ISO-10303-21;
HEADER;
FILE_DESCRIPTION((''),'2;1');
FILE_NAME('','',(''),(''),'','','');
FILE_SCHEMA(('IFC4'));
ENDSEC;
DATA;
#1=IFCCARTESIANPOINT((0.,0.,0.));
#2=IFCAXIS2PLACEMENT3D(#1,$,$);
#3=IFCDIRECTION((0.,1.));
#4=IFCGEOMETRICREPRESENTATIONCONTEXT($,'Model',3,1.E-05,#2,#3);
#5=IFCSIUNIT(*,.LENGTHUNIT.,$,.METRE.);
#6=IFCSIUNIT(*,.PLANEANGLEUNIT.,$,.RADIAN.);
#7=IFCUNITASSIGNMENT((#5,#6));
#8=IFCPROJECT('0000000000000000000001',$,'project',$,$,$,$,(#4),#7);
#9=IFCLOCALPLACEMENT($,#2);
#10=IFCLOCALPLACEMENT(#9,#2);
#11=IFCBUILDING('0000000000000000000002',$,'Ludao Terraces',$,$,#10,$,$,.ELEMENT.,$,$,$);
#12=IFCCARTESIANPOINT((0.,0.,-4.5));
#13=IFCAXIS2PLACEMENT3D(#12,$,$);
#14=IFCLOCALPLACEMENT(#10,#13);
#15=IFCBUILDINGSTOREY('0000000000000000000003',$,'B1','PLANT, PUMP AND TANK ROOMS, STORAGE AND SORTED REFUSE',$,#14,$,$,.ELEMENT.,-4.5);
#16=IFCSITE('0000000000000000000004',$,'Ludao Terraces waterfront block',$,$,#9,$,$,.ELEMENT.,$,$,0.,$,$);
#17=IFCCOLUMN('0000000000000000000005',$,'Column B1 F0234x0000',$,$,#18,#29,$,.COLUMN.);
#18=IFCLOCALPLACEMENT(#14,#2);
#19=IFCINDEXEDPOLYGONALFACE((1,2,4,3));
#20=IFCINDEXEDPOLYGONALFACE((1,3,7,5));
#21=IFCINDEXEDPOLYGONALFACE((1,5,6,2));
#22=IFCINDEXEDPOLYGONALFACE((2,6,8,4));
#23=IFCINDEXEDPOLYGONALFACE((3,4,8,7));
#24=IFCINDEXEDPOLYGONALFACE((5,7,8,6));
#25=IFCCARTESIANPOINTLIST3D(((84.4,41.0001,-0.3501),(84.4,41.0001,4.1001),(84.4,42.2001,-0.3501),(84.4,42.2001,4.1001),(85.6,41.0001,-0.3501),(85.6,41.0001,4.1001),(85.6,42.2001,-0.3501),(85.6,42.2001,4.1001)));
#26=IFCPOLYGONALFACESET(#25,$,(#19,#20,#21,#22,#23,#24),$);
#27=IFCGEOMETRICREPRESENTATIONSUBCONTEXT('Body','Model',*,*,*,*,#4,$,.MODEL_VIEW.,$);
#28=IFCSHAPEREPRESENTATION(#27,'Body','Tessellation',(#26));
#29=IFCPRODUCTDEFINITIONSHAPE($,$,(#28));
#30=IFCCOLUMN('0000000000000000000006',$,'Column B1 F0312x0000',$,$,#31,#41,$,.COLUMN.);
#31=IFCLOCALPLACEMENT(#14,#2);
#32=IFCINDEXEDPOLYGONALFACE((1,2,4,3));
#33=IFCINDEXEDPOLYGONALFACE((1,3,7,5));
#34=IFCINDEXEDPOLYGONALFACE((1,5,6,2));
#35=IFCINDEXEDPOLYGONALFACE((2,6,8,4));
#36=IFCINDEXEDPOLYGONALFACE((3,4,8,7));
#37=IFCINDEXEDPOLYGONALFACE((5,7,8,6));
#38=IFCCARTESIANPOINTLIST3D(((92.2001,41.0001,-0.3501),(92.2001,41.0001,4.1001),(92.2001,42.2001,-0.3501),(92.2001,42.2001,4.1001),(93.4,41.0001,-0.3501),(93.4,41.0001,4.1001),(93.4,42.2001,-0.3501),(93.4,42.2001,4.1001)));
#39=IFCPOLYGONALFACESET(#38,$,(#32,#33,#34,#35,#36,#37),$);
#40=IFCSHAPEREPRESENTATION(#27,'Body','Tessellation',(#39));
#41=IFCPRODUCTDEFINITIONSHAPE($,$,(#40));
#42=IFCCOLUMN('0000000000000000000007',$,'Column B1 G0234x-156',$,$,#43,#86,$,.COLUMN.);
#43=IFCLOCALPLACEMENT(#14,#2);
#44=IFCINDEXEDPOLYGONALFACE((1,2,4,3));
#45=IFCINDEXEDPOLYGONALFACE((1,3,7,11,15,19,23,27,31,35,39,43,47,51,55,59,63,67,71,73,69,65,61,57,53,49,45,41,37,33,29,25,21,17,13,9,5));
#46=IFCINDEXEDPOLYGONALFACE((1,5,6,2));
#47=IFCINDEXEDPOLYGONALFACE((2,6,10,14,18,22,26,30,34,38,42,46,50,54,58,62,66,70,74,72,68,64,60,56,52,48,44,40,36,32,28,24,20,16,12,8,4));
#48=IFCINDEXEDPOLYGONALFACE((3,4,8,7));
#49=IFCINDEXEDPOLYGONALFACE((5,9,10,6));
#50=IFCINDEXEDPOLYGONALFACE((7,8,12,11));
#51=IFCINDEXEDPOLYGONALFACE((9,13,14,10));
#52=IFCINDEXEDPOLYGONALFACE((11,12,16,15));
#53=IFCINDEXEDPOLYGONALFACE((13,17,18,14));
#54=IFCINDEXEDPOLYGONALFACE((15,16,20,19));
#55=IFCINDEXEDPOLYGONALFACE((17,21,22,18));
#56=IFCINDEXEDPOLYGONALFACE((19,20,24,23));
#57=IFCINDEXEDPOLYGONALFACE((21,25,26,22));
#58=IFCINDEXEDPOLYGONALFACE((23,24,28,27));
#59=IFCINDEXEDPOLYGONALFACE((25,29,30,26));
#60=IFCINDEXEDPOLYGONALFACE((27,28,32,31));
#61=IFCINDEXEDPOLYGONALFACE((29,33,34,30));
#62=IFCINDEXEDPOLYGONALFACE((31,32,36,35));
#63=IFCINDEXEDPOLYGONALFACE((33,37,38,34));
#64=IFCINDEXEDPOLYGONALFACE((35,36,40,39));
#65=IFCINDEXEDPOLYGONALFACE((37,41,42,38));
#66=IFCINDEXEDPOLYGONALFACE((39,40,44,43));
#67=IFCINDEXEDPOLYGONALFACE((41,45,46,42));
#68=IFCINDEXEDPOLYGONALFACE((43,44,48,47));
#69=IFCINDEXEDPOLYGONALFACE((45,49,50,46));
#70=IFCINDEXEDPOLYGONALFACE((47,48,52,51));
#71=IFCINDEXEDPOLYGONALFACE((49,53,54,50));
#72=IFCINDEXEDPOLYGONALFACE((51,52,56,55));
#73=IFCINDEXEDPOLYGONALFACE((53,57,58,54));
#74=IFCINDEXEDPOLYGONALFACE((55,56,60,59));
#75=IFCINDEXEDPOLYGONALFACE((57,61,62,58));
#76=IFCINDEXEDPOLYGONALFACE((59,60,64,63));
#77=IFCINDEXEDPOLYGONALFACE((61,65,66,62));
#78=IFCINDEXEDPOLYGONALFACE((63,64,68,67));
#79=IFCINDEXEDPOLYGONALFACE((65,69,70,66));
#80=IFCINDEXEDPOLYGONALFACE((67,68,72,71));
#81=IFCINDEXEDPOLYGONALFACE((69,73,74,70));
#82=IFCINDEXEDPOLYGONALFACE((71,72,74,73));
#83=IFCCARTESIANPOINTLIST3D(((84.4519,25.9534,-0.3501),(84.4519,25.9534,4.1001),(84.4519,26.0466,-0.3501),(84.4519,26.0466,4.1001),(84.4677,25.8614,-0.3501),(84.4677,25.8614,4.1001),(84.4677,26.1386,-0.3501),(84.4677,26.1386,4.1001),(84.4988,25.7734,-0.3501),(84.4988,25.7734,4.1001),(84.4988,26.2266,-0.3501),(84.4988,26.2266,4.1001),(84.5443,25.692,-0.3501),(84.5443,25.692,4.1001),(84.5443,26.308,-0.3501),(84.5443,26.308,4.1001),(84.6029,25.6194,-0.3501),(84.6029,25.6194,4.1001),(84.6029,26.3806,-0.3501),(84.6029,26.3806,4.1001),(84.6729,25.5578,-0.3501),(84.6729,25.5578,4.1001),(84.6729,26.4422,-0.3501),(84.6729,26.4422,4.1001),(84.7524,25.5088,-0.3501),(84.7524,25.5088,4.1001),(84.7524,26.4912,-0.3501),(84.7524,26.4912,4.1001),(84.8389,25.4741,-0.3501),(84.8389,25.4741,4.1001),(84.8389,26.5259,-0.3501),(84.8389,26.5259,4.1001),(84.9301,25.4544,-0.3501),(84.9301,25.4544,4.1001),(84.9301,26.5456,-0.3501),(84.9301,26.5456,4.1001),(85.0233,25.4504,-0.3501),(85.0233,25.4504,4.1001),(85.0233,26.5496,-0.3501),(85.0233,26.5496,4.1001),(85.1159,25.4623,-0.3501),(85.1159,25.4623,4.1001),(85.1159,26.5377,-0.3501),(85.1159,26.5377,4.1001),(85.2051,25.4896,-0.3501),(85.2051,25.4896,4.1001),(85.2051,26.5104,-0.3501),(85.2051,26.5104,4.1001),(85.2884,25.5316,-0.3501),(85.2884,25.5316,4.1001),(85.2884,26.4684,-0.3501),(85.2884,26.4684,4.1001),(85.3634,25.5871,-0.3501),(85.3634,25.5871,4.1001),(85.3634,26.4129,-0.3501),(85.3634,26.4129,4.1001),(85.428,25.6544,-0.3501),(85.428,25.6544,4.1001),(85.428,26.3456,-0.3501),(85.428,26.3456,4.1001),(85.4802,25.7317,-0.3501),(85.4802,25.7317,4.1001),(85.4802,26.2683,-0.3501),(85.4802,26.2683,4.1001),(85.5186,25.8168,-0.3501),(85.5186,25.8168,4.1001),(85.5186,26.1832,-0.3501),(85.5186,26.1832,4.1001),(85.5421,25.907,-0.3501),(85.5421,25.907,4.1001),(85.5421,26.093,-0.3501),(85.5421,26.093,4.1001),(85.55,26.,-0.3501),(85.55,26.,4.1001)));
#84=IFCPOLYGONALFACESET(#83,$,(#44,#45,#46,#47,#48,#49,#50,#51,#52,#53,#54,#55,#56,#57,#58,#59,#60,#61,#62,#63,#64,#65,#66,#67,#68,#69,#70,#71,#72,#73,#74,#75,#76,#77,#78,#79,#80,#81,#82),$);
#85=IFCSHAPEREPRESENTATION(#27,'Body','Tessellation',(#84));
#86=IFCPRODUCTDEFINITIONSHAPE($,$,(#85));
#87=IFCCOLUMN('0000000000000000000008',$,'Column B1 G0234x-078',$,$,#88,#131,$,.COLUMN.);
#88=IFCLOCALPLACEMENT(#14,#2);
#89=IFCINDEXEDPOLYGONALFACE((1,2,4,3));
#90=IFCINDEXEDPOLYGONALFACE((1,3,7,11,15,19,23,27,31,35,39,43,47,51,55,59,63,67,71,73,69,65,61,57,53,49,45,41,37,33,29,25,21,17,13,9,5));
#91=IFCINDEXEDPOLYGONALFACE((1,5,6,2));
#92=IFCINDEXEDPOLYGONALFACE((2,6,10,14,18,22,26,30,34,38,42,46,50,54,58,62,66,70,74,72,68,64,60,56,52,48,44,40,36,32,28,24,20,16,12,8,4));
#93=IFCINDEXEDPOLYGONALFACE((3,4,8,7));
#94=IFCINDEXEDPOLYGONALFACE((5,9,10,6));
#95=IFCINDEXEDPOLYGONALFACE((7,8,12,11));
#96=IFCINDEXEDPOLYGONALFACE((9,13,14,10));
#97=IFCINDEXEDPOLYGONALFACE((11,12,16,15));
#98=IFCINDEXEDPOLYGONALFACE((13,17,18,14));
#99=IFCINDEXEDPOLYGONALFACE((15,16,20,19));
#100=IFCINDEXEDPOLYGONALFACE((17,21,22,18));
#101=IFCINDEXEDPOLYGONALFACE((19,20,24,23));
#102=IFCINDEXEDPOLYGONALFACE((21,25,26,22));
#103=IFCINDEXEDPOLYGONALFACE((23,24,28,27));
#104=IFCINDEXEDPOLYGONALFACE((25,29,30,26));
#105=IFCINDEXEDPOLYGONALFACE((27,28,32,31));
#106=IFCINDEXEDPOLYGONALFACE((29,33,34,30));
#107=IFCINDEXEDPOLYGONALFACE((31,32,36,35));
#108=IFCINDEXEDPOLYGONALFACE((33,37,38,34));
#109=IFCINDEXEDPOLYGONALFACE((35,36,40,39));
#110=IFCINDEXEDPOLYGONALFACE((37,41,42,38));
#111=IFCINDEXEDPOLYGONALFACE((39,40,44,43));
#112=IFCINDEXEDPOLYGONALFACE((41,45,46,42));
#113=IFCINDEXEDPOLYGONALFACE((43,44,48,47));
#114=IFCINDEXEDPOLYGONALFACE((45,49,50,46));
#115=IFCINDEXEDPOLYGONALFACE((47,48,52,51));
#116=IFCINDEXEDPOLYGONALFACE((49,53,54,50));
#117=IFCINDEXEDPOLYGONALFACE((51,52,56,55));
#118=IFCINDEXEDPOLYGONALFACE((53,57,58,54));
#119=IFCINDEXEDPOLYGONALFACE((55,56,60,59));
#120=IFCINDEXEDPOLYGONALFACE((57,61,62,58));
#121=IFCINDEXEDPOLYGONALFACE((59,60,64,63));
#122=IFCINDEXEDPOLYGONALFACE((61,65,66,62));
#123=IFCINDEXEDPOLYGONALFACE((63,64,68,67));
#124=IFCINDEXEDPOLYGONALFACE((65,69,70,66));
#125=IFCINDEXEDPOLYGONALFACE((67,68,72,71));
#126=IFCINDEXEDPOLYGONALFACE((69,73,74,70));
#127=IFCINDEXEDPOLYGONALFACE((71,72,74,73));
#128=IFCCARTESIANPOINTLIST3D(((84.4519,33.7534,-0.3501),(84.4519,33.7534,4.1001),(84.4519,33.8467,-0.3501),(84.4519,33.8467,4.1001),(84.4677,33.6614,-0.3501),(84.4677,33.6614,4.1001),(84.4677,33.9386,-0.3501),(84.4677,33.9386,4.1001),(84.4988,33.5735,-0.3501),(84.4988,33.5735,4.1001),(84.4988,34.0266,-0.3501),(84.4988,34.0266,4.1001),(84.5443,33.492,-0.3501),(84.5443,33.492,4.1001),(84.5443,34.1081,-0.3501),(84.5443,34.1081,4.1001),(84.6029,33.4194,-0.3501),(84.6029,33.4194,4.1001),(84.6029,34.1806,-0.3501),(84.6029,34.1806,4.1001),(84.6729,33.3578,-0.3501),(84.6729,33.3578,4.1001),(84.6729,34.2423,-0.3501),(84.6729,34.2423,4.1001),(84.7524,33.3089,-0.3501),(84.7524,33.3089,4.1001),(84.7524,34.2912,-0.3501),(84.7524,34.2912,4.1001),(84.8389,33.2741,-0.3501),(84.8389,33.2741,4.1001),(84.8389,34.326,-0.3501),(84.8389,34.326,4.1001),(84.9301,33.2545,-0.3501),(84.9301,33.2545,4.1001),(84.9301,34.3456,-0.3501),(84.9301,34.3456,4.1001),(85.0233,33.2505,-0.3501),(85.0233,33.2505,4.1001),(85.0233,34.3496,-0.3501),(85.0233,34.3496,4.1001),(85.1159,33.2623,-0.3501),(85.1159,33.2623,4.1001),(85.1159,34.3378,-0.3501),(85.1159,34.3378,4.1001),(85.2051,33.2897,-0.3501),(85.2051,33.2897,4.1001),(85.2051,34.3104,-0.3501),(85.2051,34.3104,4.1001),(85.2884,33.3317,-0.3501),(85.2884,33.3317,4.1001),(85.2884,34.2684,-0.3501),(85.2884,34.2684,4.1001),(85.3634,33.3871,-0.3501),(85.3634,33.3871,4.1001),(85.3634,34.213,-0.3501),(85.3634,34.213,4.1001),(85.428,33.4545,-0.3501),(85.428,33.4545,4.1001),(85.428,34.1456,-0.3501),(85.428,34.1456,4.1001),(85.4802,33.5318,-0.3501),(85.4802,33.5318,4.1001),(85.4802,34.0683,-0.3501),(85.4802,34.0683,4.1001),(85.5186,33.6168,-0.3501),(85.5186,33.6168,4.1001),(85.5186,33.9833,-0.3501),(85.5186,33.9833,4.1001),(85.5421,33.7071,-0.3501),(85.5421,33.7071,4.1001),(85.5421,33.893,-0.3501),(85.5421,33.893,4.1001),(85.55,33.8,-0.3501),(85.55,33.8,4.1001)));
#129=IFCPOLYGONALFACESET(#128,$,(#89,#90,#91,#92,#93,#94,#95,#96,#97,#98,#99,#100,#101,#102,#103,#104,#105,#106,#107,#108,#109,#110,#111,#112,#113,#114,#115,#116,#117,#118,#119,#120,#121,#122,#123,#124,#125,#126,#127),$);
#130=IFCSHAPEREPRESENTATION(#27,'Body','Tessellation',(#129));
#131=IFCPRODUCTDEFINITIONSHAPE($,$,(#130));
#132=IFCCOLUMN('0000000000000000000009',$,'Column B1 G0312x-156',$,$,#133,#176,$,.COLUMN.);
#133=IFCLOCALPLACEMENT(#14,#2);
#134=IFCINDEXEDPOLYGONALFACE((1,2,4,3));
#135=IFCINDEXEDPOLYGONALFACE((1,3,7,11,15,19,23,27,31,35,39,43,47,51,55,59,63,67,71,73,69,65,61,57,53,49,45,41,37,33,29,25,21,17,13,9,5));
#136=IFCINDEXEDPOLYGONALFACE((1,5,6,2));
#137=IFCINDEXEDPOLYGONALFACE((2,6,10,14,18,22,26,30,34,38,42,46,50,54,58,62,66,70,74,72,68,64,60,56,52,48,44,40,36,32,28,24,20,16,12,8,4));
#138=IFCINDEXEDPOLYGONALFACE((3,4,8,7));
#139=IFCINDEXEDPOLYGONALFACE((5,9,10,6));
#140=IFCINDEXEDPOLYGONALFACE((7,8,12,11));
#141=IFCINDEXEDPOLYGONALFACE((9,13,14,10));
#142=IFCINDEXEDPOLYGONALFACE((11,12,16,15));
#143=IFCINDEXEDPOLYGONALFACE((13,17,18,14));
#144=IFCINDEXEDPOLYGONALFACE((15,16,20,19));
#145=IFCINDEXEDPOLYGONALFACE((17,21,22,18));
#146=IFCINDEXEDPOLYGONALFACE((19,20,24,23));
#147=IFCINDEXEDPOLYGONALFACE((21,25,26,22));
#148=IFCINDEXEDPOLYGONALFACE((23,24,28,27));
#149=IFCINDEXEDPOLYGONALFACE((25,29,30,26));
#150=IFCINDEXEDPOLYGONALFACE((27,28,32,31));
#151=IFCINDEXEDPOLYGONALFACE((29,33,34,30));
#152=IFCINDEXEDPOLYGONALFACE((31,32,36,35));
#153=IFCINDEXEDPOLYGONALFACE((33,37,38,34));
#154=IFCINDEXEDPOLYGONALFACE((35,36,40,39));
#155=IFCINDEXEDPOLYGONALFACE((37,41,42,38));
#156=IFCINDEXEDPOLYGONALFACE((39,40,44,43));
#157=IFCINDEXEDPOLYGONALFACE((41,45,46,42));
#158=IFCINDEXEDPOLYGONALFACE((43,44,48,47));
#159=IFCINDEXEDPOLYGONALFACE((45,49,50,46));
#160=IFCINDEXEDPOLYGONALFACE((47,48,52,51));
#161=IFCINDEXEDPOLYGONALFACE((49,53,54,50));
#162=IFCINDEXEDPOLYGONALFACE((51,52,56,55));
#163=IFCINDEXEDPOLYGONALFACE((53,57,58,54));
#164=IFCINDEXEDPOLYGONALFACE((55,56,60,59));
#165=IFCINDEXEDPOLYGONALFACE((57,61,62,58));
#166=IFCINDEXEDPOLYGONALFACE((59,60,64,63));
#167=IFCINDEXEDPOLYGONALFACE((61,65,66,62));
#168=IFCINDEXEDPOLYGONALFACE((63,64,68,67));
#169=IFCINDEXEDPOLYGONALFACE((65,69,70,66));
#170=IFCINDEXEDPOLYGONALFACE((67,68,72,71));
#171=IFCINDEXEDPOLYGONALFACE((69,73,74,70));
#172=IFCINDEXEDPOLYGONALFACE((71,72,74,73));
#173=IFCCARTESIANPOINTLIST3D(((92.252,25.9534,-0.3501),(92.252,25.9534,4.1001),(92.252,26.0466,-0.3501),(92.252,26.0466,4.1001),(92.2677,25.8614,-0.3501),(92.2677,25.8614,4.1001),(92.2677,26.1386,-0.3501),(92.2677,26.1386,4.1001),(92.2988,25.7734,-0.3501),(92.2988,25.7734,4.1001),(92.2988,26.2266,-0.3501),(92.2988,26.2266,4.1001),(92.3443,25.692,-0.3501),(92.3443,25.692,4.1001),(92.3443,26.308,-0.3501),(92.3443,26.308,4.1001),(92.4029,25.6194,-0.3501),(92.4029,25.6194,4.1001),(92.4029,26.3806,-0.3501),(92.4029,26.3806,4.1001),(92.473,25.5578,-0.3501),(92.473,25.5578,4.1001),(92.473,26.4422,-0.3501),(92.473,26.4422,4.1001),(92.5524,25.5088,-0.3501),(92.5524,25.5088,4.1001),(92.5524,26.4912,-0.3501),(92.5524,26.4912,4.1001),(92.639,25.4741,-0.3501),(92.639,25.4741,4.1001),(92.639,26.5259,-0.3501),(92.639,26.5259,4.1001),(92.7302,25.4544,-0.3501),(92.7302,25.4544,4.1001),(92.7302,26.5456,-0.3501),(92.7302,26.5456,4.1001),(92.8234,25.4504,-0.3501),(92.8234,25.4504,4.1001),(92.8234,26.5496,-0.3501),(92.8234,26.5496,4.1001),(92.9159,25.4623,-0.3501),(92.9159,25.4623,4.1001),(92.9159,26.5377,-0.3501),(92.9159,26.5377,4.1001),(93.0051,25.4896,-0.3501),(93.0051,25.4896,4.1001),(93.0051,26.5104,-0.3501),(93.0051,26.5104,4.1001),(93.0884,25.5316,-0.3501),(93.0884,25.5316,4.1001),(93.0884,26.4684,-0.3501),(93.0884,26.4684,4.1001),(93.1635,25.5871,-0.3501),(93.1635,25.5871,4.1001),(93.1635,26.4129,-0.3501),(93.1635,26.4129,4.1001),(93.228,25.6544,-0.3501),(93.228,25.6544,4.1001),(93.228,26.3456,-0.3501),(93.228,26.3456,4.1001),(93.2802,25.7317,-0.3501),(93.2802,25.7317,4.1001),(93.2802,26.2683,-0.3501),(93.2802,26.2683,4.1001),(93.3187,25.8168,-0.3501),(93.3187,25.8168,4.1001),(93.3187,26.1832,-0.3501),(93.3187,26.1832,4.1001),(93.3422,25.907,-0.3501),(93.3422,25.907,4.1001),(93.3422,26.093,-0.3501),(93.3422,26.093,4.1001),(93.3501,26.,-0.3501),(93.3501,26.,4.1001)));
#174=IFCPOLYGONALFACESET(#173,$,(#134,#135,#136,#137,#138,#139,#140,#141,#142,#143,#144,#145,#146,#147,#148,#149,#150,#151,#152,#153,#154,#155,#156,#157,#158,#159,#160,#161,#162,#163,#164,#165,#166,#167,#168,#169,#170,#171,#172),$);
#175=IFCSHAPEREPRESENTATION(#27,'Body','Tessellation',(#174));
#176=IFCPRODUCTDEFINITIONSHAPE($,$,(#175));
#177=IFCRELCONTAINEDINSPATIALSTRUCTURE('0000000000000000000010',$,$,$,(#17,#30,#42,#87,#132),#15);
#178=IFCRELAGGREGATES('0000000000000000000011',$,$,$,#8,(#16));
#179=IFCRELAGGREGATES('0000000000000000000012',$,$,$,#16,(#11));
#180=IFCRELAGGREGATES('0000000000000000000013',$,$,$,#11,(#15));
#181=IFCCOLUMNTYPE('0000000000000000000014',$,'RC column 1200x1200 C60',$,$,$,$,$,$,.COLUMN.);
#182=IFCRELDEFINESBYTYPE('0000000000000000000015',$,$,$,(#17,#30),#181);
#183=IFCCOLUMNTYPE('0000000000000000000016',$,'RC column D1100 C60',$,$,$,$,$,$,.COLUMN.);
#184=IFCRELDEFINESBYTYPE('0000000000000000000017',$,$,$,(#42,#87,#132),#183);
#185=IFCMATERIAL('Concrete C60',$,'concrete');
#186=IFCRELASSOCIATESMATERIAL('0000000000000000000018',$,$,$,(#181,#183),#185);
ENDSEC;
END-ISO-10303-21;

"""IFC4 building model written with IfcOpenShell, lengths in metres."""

from ifc_helpers import new_model, si_unit, direction, frame, origin, origin_2d, place, context, subcontext, project, spatial, rectangle, circle, extrude, material, material_profile, profile_set, type_object, element, save


model = new_model("IFC4")

# Units and contexts
model_context = context("Model", 3, precision=1e-05, world=origin(), true_north=direction((0.0, 1.0)))
body_context = subcontext(model_context, "Body", "Model", "MODEL_VIEW")
ifc_project = project(units=[si_unit("LENGTHUNIT", "METRE"), si_unit("PLANEANGLEUNIT", "RADIAN")], contexts=[model_context])

# Site, building, storey
site_placement = place(None, origin())
site = spatial("IfcSite", under=ifc_project, at=site_placement, Name="Ludao Terraces waterfront block", CompositionType="ELEMENT", RefElevation=0.0)
building_placement = place(site_placement, origin())
building = spatial("IfcBuilding", under=site, at=building_placement, Name="Ludao Terraces", CompositionType="ELEMENT")
storey_placement = place(building_placement, frame((0.0, 0.0, -4.5)))
storey = spatial("IfcBuildingStorey", under=building, at=storey_placement, Name="B1", Description="PLANT, PUMP AND TANK ROOMS, STORAGE AND SORTED REFUSE", CompositionType="ELEMENT", Elevation=-4.5)

# Columns
ifc_material_1 = material(Name="Concrete C60", Category="concrete")
ifc_material_profile_1 = material_profile(ifc_material_1, rectangle(XDim=1.2, YDim=1.2, at=origin_2d()), Name="1200 X 1200")
ifc_profile_set_1 = profile_set([ifc_material_profile_1], Name="Concrete C60")
column_type_1 = type_object("IfcColumnType", Name="RC column 1200x1200 C60", PredefinedType="COLUMN", material=ifc_profile_set_1)
for number, where, z_axis, x_axis, name in (
    (1, (85.0, 41.6001, -0.3501), (0.0, 0.0, 1.0), (1.0, 0.0, 0.0), "Column B1 F0234x0000"),
    (2, (92.8, 41.6001, -0.3501), (0.0, 0.0, 1.0), (1.0, 0.0, 0.0), "Column B1 F0312x0000"),
):
    element("IfcColumn", number, at=place(storey_placement, frame(where, z_axis=z_axis, x_axis=x_axis)), inside=storey, type_object=column_type_1, Name=name, PredefinedType="COLUMN", context=body_context, shape_type="SweptSolid", body=[
        extrude(rectangle(XDim=1.2, YDim=1.2, at=origin_2d()), origin(), (0.0, 0.0, 1.0), 4.4502),
    ])
ifc_material_profile_2 = material_profile(ifc_material_1, circle(Radius=0.55, at=origin_2d()), Name="D1100")
ifc_profile_set_2 = profile_set([ifc_material_profile_2], Name="Concrete C60")
column_type_2 = type_object("IfcColumnType", Name="RC column D1100 C60", PredefinedType="COLUMN", material=ifc_profile_set_2)
for number, where, z_axis, x_axis, name in (
    (3, (85.0, 26.0, -0.3501), (0.0, 0.0, 1.0), (1.0, 0.0, 0.0), "Column B1 G0234x-156"),
    (4, (85.0, 33.8, -0.3501), (0.0, 0.0, 1.0), (1.0, 0.0, 0.0), "Column B1 G0234x-078"),
    (5, (92.8, 26.0, -0.3501), (0.0, 0.0, 1.0), (1.0, 0.0, 0.0), "Column B1 G0312x-156"),
):
    element("IfcColumn", number, at=place(storey_placement, frame(where, z_axis=z_axis, x_axis=x_axis)), inside=storey, type_object=column_type_2, Name=name, PredefinedType="COLUMN", context=body_context, shape_type="SweptSolid", body=[
        extrude(circle(Radius=0.55, at=origin_2d()), origin(), (0.0, 0.0, 1.0), 4.4502),
    ])

save(model, "model.ifc")
